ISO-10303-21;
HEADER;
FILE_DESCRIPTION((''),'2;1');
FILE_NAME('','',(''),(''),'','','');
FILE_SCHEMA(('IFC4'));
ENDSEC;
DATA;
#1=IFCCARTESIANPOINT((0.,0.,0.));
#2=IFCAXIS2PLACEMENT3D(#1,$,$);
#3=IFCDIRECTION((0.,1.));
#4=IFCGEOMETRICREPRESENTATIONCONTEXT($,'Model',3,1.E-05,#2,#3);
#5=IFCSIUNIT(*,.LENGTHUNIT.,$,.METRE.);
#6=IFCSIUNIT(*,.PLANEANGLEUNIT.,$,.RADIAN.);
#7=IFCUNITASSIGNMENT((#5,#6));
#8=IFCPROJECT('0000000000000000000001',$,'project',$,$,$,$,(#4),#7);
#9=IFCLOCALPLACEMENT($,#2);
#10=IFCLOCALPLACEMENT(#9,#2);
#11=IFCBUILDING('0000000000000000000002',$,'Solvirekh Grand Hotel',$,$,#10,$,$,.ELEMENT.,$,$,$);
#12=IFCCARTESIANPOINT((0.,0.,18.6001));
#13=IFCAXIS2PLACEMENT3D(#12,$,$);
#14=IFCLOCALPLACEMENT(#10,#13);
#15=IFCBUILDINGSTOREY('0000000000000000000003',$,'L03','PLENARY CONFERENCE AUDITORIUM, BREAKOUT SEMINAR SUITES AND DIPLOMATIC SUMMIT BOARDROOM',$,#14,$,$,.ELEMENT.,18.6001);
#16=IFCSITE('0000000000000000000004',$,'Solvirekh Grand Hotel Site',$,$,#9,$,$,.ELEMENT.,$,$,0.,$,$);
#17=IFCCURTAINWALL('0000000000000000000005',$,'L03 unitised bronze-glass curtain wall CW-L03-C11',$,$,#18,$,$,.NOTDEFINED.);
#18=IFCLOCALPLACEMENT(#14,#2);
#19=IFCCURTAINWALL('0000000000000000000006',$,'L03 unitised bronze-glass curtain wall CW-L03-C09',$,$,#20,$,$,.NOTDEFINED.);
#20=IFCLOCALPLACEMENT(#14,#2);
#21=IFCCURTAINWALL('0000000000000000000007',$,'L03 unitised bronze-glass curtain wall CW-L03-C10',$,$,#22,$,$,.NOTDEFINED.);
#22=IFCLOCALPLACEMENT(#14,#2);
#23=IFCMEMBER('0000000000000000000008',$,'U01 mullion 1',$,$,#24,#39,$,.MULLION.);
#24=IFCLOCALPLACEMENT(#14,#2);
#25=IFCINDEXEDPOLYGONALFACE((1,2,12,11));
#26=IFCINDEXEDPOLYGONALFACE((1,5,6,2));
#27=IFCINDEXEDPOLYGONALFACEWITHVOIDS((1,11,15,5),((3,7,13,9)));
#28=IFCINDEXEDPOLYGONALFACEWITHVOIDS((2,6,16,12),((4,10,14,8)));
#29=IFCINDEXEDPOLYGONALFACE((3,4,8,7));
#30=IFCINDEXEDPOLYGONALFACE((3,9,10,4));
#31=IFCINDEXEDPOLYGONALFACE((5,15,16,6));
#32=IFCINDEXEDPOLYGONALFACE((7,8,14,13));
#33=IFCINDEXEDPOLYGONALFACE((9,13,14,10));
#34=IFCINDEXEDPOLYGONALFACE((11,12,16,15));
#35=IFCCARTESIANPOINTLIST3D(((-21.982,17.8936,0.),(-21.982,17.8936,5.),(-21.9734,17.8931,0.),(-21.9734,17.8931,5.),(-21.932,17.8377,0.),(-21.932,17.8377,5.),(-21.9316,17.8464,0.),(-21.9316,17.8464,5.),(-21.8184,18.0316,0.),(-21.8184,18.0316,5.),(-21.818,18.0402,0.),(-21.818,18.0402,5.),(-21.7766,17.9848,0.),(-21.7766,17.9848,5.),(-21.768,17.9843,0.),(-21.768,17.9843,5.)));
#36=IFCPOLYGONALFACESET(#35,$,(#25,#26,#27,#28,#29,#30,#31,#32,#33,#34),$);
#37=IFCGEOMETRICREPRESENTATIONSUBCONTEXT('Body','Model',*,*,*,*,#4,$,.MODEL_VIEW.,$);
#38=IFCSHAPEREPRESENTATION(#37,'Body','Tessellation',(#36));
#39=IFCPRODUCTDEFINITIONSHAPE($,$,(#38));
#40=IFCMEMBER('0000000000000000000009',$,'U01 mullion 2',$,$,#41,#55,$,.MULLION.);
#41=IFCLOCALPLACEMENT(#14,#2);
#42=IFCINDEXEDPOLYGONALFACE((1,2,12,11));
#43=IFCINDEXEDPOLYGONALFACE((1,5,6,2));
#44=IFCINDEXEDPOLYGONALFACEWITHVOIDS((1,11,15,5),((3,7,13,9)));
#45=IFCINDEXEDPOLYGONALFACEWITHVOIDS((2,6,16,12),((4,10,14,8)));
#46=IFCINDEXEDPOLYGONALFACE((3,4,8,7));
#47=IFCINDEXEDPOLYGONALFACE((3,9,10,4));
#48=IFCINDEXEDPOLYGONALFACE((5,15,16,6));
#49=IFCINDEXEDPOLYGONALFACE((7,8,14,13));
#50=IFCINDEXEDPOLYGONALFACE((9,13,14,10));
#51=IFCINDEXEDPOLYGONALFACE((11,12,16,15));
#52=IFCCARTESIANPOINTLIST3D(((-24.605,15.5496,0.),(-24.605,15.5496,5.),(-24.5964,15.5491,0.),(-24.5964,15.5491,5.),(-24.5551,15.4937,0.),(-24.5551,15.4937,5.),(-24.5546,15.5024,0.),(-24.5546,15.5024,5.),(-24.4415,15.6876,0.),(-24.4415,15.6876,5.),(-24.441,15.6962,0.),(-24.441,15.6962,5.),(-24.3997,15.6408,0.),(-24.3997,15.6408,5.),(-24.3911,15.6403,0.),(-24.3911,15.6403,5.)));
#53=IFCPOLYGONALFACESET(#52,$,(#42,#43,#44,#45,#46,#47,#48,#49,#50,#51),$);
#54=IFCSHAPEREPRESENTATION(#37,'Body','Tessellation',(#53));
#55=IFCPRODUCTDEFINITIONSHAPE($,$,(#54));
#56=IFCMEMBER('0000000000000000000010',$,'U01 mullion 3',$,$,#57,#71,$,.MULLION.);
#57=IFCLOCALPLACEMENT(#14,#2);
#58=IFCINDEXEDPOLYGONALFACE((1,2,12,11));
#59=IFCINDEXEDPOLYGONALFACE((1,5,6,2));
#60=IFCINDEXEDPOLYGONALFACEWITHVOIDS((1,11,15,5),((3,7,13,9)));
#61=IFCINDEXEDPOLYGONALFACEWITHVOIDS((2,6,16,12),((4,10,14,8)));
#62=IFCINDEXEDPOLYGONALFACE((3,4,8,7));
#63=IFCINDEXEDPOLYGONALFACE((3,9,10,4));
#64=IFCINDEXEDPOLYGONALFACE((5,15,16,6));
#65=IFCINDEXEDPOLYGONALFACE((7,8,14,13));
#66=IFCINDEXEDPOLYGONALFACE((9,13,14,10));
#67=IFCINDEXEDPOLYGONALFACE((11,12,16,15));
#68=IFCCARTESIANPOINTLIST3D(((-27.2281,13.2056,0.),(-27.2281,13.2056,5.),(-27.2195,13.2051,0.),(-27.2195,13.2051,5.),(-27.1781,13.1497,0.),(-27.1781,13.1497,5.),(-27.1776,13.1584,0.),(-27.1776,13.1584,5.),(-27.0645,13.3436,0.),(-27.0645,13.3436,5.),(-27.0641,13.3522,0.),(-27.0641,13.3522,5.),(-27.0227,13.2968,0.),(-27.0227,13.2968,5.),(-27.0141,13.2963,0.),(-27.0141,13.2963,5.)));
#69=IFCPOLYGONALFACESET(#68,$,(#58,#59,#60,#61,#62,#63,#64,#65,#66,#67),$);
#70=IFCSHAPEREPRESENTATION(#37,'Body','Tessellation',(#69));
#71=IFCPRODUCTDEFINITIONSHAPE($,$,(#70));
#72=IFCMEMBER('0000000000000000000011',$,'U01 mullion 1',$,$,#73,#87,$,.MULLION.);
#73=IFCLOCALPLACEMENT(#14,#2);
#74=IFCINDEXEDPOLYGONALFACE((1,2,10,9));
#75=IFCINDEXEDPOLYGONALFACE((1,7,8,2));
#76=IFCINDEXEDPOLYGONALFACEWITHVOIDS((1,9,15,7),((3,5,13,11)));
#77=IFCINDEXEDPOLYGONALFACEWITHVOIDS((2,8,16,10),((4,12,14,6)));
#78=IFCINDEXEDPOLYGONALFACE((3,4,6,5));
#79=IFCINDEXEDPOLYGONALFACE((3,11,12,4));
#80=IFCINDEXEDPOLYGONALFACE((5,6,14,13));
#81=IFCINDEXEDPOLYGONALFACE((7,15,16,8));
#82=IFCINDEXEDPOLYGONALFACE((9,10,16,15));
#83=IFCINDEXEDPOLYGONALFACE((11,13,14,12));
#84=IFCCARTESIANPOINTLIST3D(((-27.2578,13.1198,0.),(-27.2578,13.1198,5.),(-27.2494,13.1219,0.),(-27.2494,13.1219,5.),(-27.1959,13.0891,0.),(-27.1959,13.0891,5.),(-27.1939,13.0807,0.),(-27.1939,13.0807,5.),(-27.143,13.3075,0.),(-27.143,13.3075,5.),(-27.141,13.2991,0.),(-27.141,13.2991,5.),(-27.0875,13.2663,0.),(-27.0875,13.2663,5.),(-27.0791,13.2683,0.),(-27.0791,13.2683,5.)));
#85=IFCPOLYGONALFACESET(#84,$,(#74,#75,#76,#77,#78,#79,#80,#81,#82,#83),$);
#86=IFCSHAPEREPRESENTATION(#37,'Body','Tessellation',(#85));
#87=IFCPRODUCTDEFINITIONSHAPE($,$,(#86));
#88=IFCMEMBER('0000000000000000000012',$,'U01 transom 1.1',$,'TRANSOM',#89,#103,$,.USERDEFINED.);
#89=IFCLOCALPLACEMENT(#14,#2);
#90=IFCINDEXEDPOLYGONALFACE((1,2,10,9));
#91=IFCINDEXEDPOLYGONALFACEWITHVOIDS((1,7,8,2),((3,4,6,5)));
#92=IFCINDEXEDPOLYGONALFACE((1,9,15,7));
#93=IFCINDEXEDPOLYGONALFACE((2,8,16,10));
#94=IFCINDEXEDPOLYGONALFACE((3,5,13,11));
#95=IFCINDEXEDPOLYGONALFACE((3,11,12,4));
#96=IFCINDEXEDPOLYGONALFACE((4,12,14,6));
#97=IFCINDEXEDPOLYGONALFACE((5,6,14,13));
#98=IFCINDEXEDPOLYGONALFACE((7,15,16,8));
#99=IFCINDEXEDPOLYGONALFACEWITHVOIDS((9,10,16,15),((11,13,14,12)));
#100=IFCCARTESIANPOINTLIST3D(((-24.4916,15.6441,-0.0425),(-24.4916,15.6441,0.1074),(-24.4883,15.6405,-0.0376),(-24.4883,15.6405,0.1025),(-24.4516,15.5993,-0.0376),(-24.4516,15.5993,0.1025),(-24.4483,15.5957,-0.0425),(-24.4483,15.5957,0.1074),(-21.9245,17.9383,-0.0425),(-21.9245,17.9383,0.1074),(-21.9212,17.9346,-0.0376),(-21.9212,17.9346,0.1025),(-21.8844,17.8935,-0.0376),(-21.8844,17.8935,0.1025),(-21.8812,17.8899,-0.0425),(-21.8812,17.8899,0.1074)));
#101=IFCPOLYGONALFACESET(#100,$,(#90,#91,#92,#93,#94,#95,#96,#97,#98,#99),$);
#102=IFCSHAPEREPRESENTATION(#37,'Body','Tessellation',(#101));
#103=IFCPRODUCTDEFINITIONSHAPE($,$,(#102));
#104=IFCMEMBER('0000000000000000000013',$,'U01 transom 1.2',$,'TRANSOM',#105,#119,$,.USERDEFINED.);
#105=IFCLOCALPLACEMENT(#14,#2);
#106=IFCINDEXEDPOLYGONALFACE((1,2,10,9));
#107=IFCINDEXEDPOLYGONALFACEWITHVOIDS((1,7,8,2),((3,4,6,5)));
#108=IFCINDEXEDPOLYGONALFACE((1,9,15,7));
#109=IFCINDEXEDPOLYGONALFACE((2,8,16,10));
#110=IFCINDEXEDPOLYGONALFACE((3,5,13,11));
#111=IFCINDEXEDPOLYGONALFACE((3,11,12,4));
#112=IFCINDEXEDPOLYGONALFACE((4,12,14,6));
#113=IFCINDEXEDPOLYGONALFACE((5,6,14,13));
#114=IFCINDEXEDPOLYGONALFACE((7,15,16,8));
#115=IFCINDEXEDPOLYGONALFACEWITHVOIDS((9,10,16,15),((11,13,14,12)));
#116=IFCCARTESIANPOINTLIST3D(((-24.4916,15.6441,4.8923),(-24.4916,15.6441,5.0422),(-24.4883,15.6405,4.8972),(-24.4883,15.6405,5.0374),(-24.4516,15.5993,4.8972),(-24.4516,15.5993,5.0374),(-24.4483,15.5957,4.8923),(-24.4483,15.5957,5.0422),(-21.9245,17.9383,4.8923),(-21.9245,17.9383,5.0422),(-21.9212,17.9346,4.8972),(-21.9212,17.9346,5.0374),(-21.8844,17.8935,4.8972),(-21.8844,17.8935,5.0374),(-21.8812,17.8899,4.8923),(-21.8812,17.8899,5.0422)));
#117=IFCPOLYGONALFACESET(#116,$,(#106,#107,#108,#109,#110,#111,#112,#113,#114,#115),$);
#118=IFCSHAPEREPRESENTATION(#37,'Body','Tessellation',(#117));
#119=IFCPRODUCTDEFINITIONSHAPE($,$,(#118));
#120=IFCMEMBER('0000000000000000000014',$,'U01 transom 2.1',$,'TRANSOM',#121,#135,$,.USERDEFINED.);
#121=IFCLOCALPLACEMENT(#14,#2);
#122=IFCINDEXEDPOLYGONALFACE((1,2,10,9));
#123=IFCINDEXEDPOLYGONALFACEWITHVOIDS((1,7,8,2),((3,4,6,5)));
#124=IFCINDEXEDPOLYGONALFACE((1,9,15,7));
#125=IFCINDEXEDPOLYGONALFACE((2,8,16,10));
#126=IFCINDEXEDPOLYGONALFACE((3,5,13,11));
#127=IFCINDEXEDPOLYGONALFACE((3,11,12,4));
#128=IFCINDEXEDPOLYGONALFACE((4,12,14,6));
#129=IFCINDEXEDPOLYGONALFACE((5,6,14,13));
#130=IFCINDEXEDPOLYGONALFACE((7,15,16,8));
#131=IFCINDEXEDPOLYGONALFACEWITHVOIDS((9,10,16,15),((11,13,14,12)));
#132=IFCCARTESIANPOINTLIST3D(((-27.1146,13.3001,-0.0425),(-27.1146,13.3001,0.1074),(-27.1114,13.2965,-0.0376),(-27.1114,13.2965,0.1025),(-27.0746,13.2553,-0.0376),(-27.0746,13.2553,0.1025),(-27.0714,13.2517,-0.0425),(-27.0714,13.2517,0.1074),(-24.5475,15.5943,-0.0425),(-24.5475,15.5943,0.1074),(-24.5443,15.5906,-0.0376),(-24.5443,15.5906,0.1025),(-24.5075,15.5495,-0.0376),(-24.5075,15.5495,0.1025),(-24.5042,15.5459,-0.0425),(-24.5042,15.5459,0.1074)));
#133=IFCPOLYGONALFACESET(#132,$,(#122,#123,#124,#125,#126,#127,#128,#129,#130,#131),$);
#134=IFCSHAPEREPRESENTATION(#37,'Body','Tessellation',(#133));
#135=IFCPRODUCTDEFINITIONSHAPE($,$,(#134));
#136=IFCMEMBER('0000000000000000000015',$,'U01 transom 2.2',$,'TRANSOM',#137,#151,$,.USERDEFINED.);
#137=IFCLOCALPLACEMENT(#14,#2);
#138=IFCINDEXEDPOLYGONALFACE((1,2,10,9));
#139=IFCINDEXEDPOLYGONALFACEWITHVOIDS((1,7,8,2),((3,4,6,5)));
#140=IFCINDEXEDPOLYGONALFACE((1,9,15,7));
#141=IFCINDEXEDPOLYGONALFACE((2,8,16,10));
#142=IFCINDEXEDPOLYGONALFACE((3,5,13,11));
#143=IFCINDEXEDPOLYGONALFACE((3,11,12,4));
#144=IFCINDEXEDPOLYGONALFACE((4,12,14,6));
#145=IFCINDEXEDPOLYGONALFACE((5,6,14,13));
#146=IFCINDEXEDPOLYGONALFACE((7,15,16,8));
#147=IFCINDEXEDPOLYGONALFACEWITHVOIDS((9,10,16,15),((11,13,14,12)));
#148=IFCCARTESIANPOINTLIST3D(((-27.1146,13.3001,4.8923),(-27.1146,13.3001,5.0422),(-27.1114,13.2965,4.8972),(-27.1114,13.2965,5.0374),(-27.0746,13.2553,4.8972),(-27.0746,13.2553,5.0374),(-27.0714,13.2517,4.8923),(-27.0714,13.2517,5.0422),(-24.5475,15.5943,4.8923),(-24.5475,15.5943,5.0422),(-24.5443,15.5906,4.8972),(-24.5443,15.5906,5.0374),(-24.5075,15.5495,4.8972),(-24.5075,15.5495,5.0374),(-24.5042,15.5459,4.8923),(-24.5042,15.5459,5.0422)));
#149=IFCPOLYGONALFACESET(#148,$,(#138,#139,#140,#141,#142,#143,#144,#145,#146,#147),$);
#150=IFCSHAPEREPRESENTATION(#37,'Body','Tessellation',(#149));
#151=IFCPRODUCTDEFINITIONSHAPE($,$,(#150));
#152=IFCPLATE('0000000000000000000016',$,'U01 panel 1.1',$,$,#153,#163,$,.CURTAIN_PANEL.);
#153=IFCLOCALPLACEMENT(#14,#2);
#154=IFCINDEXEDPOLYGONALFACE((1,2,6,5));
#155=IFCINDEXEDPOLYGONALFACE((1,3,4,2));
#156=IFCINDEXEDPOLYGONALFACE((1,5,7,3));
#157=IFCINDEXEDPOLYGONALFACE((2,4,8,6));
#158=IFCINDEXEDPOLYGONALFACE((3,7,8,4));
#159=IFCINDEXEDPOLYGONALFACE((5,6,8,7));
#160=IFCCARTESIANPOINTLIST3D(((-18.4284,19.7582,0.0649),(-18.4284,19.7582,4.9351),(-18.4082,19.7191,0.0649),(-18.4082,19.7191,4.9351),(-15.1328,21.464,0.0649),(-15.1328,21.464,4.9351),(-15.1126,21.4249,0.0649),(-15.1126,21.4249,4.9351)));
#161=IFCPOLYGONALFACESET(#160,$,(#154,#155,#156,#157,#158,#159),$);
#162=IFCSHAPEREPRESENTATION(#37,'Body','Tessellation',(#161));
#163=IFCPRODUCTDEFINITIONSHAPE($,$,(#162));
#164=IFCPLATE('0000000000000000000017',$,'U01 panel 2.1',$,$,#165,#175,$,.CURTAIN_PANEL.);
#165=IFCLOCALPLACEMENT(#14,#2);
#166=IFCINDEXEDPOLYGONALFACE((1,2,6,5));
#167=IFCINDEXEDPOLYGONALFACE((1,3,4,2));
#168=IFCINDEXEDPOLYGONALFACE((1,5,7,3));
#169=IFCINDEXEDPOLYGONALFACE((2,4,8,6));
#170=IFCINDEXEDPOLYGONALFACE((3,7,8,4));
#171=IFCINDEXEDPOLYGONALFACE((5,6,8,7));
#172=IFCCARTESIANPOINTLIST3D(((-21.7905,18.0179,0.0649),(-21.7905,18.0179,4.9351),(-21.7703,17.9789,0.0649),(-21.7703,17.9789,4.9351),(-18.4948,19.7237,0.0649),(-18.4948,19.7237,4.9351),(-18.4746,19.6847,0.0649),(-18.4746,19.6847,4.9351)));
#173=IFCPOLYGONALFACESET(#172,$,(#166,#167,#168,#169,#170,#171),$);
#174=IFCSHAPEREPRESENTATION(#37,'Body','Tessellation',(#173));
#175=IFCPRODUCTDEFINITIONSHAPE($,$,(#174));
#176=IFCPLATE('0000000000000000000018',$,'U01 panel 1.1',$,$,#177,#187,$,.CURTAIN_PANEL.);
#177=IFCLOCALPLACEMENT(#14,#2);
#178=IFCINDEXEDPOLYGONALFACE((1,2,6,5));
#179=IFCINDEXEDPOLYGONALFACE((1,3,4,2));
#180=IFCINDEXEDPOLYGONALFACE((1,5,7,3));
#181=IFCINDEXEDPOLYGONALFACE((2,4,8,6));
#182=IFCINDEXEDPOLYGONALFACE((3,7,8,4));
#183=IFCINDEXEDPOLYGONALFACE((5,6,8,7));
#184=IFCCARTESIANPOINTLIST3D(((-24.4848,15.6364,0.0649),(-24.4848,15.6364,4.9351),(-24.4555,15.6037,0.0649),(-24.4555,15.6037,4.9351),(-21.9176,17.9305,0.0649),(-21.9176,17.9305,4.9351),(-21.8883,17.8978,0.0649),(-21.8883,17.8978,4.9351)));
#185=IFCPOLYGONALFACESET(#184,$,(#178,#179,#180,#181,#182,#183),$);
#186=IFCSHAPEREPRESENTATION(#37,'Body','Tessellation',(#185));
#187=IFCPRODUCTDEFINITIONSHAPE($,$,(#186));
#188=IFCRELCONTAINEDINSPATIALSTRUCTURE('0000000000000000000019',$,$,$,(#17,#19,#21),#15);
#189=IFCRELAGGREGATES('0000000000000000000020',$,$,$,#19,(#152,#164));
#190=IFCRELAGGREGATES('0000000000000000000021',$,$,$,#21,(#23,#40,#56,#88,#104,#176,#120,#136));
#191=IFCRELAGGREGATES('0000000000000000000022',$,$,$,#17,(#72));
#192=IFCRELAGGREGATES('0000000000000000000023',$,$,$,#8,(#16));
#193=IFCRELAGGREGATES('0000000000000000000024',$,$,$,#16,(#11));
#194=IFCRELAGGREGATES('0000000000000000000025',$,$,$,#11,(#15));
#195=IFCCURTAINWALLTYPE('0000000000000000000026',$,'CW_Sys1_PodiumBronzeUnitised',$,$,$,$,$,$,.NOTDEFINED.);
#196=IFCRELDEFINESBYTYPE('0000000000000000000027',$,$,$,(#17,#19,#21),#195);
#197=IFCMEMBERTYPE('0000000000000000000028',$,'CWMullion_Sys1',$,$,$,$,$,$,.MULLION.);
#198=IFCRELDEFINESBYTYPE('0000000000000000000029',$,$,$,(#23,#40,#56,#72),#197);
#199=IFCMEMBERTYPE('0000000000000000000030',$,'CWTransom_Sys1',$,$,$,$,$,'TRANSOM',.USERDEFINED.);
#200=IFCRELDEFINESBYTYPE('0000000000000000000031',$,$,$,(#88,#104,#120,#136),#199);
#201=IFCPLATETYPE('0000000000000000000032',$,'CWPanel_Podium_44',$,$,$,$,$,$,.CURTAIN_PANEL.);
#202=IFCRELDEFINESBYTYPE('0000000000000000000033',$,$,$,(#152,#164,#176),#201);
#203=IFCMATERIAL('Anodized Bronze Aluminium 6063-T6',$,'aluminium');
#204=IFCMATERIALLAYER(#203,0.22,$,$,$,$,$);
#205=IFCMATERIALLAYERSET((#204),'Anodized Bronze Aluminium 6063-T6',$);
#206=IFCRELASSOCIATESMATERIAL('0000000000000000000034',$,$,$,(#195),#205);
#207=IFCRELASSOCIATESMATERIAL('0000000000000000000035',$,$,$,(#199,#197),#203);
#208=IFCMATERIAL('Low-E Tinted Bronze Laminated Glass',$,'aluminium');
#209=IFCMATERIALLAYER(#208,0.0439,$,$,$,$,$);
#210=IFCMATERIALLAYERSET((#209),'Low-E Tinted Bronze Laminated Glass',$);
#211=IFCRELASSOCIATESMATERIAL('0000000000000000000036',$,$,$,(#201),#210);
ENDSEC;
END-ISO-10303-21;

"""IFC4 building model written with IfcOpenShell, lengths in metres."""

from ifc_helpers import new_model, si_unit, direction, frame, origin, origin_2d, place, context, subcontext, project, spatial, rectangle, hollow_rectangle, extrude, source, transform, mapped, material, layer, layer_set, material_profile, profile_set, type_object, element, aggregate, save


model = new_model("IFC4")

# Units and contexts
model_context = context("Model", 3, precision=1e-05, world=origin(), true_north=direction((0.0, 1.0)))
body_context = subcontext(model_context, "Body", "Model", "MODEL_VIEW")
ifc_project = project(units=[si_unit("LENGTHUNIT", "METRE"), si_unit("PLANEANGLEUNIT", "RADIAN")], contexts=[model_context])

# Site, building, storey
site_placement = place(None, origin())
site = spatial("IfcSite", under=ifc_project, at=site_placement, Name="Solvirekh Grand Hotel Site", CompositionType="ELEMENT", RefElevation=0.0)
building_placement = place(site_placement, origin())
building = spatial("IfcBuilding", under=site, at=building_placement, Name="Solvirekh Grand Hotel", CompositionType="ELEMENT")
storey_placement = place(building_placement, frame((0.0, 0.0, 18.6001)))
storey = spatial("IfcBuildingStorey", under=building, at=storey_placement, Name="L03", Description="PLENARY CONFERENCE AUDITORIUM, BREAKOUT SEMINAR SUITES AND DIPLOMATIC SUMMIT BOARDROOM", CompositionType="ELEMENT", Elevation=18.6001)

# Curtain walls
ifc_material_1 = material(Name="Anodized Bronze Aluminium 6063-T6", Category="aluminium")
ifc_layer_1 = layer(ifc_material_1, 0.22)
ifc_layer_set_1 = layer_set([ifc_layer_1], Name="Anodized Bronze Aluminium 6063-T6")
curtain_wall_type = type_object("IfcCurtainWallType", Name="CW_Sys1_PodiumBronzeUnitised", PredefinedType="NOTDEFINED", material=ifc_layer_set_1)
curtain_wall_1_placement = place(storey_placement, origin())
curtain_wall_1 = element("IfcCurtainWall", 1, at=curtain_wall_1_placement, inside=storey, type_object=curtain_wall_type, Name="L03 unitised bronze-glass curtain wall CW-L03-C11", PredefinedType="NOTDEFINED")
ifc_material_profile_1 = material_profile(ifc_material_1, hollow_rectangle(XDim=0.0649, YDim=0.1499, WallThickness=0.0049, at=origin_2d()), Name="ALU RHS 150X65X5")
ifc_profile_set_1 = profile_set([ifc_material_profile_1], Name="Anodized Bronze Aluminium 6063-T6")
member_type_1 = type_object("IfcMemberType", Name="CWTransom_Sys1", ElementType="TRANSOM", PredefinedType="USERDEFINED", material=ifc_profile_set_1)
curtain_wall_2_placement = place(storey_placement, origin())
curtain_wall_2 = element("IfcCurtainWall", 2, at=curtain_wall_2_placement, inside=storey, type_object=curtain_wall_type, Name="L03 unitised bronze-glass curtain wall CW-L03-C09", PredefinedType="NOTDEFINED")

# Shared definitions
ifc_material_profile_2 = material_profile(ifc_material_1, hollow_rectangle(XDim=0.075, YDim=0.22, WallThickness=0.0061, at=origin_2d()), Name="ALU RHS 220X75X6")
ifc_profile_set_2 = profile_set([ifc_material_profile_2], Name="Anodized Bronze Aluminium 6063-T6")
member_type_2 = type_object("IfcMemberType", Name="CWMullion_Sys1", PredefinedType="MULLION", material=ifc_profile_set_2)
shared_shape_1 = source(origin(), body_context, "Body", "SweptSolid", [
    extrude(hollow_rectangle(XDim=0.075, YDim=0.22, WallThickness=0.0061, at=origin_2d()), origin(), (0.0, 0.0, 1.0), 5.0),
])

# Curtain wall, members
curtain_wall_3_placement = place(storey_placement, origin())
curtain_wall_3 = element("IfcCurtainWall", 3, at=curtain_wall_3_placement, inside=storey, type_object=curtain_wall_type, Name="L03 unitised bronze-glass curtain wall CW-L03-C10", PredefinedType="NOTDEFINED")
member_1_placement = place(storey_placement, frame((-21.875, 17.939, 0.0), z_axis=(0.0, 0.0, 1.0), x_axis=(0.666334, -0.745653, 0.0)))
member_1 = element("IfcMember", 4, at=member_1_placement, type_object=member_type_2, Name="U01 mullion 1", PredefinedType="MULLION", context=body_context, shape_type="MappedRepresentation", body=[
    mapped(shared_shape_1, transform((0.0, 0.0, 0.0), x_axis=(1.0, 0.0, 0.0), y_axis=(0.0, 1.0, 0.0), z_axis=(0.0, 0.0, 1.0), scale=1.0)),
])
member_2_placement = place(storey_placement, frame((-24.498, 15.595, 0.0), z_axis=(0.0, 0.0, 1.0), x_axis=(0.666334, -0.745653, 0.0)))
member_2 = element("IfcMember", 5, at=member_2_placement, type_object=member_type_2, Name="U01 mullion 2", PredefinedType="MULLION", context=body_context, shape_type="MappedRepresentation", body=[
    mapped(shared_shape_1, transform((0.0, 0.0, 0.0), x_axis=(1.0, 0.0, 0.0), y_axis=(0.0, 1.0, 0.0), z_axis=(0.0, 0.0, 1.0), scale=1.0)),
])
member_3_placement = place(storey_placement, frame((-27.1211, 13.251, 0.0), z_axis=(0.0, 0.0, 1.0), x_axis=(0.666334, -0.745653, 0.0)))
member_3 = element("IfcMember", 6, at=member_3_placement, type_object=member_type_2, Name="U01 mullion 3", PredefinedType="MULLION", context=body_context, shape_type="MappedRepresentation", body=[
    mapped(shared_shape_1, transform((0.0, 0.0, 0.0), x_axis=(1.0, 0.0, 0.0), y_axis=(0.0, 1.0, 0.0), z_axis=(0.0, 0.0, 1.0), scale=1.0)),
])

# Members
member_4_placement = place(storey_placement, frame((-27.1685, 13.1941, 0.0), z_axis=(0.0, 0.0, 1.0), x_axis=(0.852923, -0.522037, 0.0)))
member_4 = element("IfcMember", 7, at=member_4_placement, type_object=member_type_2, Name="U01 mullion 1", PredefinedType="MULLION", context=body_context, shape_type="MappedRepresentation", body=[
    mapped(shared_shape_1, transform((0.0, 0.0, 0.0), x_axis=(1.0, 0.0, 0.0), y_axis=(0.0, 1.0, 0.0), z_axis=(0.0, 0.0, 1.0), scale=1.0)),
])
shared_shape_2 = source(origin(), body_context, "Body", "SweptSolid", [
    extrude(hollow_rectangle(XDim=0.0649, YDim=0.1499, WallThickness=0.0049, at=origin_2d()), origin(), (0.0, 0.0, 1.0), 3.4429),
])
member_5_placement = place(storey_placement, frame((-21.9028, 17.9141, 0.0325), z_axis=(-0.745634, -0.666355, 0.0), x_axis=(0.666355, -0.745634, 0.0)))
member_5 = element("IfcMember", 8, at=member_5_placement, type_object=member_type_1, Name="U01 transom 1.1", ObjectType="TRANSOM", PredefinedType="USERDEFINED", context=body_context, shape_type="MappedRepresentation", body=[
    mapped(shared_shape_2, transform((0.0, 0.0, 0.0), x_axis=(1.0, 0.0, 0.0), y_axis=(0.0, 1.0, 0.0), z_axis=(0.0, 0.0, 1.0), scale=1.0)),
])
member_6_placement = place(storey_placement, frame((-21.9028, 17.9141, 4.9673), z_axis=(-0.745634, -0.666355, 0.0), x_axis=(0.666355, -0.745634, 0.0)))
member_6 = element("IfcMember", 9, at=member_6_placement, type_object=member_type_1, Name="U01 transom 1.2", ObjectType="TRANSOM", PredefinedType="USERDEFINED", context=body_context, shape_type="MappedRepresentation", body=[
    mapped(shared_shape_2, transform((0.0, 0.0, 0.0), x_axis=(1.0, 0.0, 0.0), y_axis=(0.0, 1.0, 0.0), z_axis=(0.0, 0.0, 1.0), scale=1.0)),
])
member_7_placement = place(storey_placement, frame((-24.5259, 15.5701, 0.0325), z_axis=(-0.745634, -0.666355, 0.0), x_axis=(0.666355, -0.745634, 0.0)))
member_7 = element("IfcMember", 10, at=member_7_placement, type_object=member_type_1, Name="U01 transom 2.1", ObjectType="TRANSOM", PredefinedType="USERDEFINED", context=body_context, shape_type="MappedRepresentation", body=[
    mapped(shared_shape_2, transform((0.0, 0.0, 0.0), x_axis=(1.0, 0.0, 0.0), y_axis=(0.0, 1.0, 0.0), z_axis=(0.0, 0.0, 1.0), scale=1.0)),
])
member_8_placement = place(storey_placement, frame((-24.5259, 15.5701, 4.9673), z_axis=(-0.745634, -0.666355, 0.0), x_axis=(0.666355, -0.745634, 0.0)))
member_8 = element("IfcMember", 11, at=member_8_placement, type_object=member_type_1, Name="U01 transom 2.2", ObjectType="TRANSOM", PredefinedType="USERDEFINED", context=body_context, shape_type="MappedRepresentation", body=[
    mapped(shared_shape_2, transform((0.0, 0.0, 0.0), x_axis=(1.0, 0.0, 0.0), y_axis=(0.0, 1.0, 0.0), z_axis=(0.0, 0.0, 1.0), scale=1.0)),
])

# Plates
ifc_material_2 = material(Name="Low-E Tinted Bronze Laminated Glass", Category="aluminium")
ifc_layer_2 = layer(ifc_material_2, 0.0439)
ifc_layer_set_2 = layer_set([ifc_layer_2], Name="Low-E Tinted Bronze Laminated Glass")
plate_type = type_object("IfcPlateType", Name="CWPanel_Podium_44", PredefinedType="CURTAIN_PANEL", material=ifc_layer_set_2)
shared_shape_3 = source(origin(), body_context, "Body", "SweptSolid", [
    extrude(rectangle(XDim=3.7109, YDim=0.0439, at=origin_2d()), origin(), (0.0, 0.0, 1.0), 4.8701),
])
plate_1_placement = place(storey_placement, frame((-16.7705, 20.5916, 0.0649), z_axis=(0.0, 0.0, 1.0), x_axis=(-0.888089, -0.459672, 0.0)))
plate_1 = element("IfcPlate", 12, at=plate_1_placement, type_object=plate_type, Name="U01 panel 1.1", PredefinedType="CURTAIN_PANEL", context=body_context, shape_type="MappedRepresentation", body=[
    mapped(shared_shape_3, transform((0.0, 0.0, 0.0), x_axis=(1.0, 0.0, 0.0), y_axis=(0.0, 1.0, 0.0), z_axis=(0.0, 0.0, 1.0), scale=1.0)),
])
plate_2_placement = place(storey_placement, frame((-20.1326, 18.8513, 0.0649), z_axis=(0.0, 0.0, 1.0), x_axis=(-0.888089, -0.459672, 0.0)))
plate_2 = element("IfcPlate", 13, at=plate_2_placement, type_object=plate_type, Name="U01 panel 2.1", PredefinedType="CURTAIN_PANEL", context=body_context, shape_type="MappedRepresentation", body=[
    mapped(shared_shape_3, transform((0.0, 0.0, 0.0), x_axis=(1.0, 0.0, 0.0), y_axis=(0.0, 1.0, 0.0), z_axis=(0.0, 0.0, 1.0), scale=1.0)),
])
aggregate(curtain_wall_2, [plate_1, plate_2])
shared_shape_4 = source(origin(), body_context, "Body", "SweptSolid", [
    extrude(rectangle(XDim=3.4429, YDim=0.0439, at=origin_2d()), origin(), (0.0, 0.0, 1.0), 4.8701),
])
plate_3_placement = place(storey_placement, frame((-23.1865, 16.7671, 0.0649), z_axis=(0.0, 0.0, 1.0), x_axis=(-0.745653, -0.666334, 0.0)))
plate_3 = element("IfcPlate", 14, at=plate_3_placement, type_object=plate_type, Name="U01 panel 1.1", PredefinedType="CURTAIN_PANEL", context=body_context, shape_type="MappedRepresentation", body=[
    mapped(shared_shape_4, transform((0.0, 0.0, 0.0), x_axis=(1.0, 0.0, 0.0), y_axis=(0.0, 1.0, 0.0), z_axis=(0.0, 0.0, 1.0), scale=1.0)),
])
aggregate(curtain_wall_3, [member_1, member_2, member_3, member_5, member_6, plate_3, member_7, member_8])
aggregate(curtain_wall_1, [member_4])

save(model, "model.ifc")
